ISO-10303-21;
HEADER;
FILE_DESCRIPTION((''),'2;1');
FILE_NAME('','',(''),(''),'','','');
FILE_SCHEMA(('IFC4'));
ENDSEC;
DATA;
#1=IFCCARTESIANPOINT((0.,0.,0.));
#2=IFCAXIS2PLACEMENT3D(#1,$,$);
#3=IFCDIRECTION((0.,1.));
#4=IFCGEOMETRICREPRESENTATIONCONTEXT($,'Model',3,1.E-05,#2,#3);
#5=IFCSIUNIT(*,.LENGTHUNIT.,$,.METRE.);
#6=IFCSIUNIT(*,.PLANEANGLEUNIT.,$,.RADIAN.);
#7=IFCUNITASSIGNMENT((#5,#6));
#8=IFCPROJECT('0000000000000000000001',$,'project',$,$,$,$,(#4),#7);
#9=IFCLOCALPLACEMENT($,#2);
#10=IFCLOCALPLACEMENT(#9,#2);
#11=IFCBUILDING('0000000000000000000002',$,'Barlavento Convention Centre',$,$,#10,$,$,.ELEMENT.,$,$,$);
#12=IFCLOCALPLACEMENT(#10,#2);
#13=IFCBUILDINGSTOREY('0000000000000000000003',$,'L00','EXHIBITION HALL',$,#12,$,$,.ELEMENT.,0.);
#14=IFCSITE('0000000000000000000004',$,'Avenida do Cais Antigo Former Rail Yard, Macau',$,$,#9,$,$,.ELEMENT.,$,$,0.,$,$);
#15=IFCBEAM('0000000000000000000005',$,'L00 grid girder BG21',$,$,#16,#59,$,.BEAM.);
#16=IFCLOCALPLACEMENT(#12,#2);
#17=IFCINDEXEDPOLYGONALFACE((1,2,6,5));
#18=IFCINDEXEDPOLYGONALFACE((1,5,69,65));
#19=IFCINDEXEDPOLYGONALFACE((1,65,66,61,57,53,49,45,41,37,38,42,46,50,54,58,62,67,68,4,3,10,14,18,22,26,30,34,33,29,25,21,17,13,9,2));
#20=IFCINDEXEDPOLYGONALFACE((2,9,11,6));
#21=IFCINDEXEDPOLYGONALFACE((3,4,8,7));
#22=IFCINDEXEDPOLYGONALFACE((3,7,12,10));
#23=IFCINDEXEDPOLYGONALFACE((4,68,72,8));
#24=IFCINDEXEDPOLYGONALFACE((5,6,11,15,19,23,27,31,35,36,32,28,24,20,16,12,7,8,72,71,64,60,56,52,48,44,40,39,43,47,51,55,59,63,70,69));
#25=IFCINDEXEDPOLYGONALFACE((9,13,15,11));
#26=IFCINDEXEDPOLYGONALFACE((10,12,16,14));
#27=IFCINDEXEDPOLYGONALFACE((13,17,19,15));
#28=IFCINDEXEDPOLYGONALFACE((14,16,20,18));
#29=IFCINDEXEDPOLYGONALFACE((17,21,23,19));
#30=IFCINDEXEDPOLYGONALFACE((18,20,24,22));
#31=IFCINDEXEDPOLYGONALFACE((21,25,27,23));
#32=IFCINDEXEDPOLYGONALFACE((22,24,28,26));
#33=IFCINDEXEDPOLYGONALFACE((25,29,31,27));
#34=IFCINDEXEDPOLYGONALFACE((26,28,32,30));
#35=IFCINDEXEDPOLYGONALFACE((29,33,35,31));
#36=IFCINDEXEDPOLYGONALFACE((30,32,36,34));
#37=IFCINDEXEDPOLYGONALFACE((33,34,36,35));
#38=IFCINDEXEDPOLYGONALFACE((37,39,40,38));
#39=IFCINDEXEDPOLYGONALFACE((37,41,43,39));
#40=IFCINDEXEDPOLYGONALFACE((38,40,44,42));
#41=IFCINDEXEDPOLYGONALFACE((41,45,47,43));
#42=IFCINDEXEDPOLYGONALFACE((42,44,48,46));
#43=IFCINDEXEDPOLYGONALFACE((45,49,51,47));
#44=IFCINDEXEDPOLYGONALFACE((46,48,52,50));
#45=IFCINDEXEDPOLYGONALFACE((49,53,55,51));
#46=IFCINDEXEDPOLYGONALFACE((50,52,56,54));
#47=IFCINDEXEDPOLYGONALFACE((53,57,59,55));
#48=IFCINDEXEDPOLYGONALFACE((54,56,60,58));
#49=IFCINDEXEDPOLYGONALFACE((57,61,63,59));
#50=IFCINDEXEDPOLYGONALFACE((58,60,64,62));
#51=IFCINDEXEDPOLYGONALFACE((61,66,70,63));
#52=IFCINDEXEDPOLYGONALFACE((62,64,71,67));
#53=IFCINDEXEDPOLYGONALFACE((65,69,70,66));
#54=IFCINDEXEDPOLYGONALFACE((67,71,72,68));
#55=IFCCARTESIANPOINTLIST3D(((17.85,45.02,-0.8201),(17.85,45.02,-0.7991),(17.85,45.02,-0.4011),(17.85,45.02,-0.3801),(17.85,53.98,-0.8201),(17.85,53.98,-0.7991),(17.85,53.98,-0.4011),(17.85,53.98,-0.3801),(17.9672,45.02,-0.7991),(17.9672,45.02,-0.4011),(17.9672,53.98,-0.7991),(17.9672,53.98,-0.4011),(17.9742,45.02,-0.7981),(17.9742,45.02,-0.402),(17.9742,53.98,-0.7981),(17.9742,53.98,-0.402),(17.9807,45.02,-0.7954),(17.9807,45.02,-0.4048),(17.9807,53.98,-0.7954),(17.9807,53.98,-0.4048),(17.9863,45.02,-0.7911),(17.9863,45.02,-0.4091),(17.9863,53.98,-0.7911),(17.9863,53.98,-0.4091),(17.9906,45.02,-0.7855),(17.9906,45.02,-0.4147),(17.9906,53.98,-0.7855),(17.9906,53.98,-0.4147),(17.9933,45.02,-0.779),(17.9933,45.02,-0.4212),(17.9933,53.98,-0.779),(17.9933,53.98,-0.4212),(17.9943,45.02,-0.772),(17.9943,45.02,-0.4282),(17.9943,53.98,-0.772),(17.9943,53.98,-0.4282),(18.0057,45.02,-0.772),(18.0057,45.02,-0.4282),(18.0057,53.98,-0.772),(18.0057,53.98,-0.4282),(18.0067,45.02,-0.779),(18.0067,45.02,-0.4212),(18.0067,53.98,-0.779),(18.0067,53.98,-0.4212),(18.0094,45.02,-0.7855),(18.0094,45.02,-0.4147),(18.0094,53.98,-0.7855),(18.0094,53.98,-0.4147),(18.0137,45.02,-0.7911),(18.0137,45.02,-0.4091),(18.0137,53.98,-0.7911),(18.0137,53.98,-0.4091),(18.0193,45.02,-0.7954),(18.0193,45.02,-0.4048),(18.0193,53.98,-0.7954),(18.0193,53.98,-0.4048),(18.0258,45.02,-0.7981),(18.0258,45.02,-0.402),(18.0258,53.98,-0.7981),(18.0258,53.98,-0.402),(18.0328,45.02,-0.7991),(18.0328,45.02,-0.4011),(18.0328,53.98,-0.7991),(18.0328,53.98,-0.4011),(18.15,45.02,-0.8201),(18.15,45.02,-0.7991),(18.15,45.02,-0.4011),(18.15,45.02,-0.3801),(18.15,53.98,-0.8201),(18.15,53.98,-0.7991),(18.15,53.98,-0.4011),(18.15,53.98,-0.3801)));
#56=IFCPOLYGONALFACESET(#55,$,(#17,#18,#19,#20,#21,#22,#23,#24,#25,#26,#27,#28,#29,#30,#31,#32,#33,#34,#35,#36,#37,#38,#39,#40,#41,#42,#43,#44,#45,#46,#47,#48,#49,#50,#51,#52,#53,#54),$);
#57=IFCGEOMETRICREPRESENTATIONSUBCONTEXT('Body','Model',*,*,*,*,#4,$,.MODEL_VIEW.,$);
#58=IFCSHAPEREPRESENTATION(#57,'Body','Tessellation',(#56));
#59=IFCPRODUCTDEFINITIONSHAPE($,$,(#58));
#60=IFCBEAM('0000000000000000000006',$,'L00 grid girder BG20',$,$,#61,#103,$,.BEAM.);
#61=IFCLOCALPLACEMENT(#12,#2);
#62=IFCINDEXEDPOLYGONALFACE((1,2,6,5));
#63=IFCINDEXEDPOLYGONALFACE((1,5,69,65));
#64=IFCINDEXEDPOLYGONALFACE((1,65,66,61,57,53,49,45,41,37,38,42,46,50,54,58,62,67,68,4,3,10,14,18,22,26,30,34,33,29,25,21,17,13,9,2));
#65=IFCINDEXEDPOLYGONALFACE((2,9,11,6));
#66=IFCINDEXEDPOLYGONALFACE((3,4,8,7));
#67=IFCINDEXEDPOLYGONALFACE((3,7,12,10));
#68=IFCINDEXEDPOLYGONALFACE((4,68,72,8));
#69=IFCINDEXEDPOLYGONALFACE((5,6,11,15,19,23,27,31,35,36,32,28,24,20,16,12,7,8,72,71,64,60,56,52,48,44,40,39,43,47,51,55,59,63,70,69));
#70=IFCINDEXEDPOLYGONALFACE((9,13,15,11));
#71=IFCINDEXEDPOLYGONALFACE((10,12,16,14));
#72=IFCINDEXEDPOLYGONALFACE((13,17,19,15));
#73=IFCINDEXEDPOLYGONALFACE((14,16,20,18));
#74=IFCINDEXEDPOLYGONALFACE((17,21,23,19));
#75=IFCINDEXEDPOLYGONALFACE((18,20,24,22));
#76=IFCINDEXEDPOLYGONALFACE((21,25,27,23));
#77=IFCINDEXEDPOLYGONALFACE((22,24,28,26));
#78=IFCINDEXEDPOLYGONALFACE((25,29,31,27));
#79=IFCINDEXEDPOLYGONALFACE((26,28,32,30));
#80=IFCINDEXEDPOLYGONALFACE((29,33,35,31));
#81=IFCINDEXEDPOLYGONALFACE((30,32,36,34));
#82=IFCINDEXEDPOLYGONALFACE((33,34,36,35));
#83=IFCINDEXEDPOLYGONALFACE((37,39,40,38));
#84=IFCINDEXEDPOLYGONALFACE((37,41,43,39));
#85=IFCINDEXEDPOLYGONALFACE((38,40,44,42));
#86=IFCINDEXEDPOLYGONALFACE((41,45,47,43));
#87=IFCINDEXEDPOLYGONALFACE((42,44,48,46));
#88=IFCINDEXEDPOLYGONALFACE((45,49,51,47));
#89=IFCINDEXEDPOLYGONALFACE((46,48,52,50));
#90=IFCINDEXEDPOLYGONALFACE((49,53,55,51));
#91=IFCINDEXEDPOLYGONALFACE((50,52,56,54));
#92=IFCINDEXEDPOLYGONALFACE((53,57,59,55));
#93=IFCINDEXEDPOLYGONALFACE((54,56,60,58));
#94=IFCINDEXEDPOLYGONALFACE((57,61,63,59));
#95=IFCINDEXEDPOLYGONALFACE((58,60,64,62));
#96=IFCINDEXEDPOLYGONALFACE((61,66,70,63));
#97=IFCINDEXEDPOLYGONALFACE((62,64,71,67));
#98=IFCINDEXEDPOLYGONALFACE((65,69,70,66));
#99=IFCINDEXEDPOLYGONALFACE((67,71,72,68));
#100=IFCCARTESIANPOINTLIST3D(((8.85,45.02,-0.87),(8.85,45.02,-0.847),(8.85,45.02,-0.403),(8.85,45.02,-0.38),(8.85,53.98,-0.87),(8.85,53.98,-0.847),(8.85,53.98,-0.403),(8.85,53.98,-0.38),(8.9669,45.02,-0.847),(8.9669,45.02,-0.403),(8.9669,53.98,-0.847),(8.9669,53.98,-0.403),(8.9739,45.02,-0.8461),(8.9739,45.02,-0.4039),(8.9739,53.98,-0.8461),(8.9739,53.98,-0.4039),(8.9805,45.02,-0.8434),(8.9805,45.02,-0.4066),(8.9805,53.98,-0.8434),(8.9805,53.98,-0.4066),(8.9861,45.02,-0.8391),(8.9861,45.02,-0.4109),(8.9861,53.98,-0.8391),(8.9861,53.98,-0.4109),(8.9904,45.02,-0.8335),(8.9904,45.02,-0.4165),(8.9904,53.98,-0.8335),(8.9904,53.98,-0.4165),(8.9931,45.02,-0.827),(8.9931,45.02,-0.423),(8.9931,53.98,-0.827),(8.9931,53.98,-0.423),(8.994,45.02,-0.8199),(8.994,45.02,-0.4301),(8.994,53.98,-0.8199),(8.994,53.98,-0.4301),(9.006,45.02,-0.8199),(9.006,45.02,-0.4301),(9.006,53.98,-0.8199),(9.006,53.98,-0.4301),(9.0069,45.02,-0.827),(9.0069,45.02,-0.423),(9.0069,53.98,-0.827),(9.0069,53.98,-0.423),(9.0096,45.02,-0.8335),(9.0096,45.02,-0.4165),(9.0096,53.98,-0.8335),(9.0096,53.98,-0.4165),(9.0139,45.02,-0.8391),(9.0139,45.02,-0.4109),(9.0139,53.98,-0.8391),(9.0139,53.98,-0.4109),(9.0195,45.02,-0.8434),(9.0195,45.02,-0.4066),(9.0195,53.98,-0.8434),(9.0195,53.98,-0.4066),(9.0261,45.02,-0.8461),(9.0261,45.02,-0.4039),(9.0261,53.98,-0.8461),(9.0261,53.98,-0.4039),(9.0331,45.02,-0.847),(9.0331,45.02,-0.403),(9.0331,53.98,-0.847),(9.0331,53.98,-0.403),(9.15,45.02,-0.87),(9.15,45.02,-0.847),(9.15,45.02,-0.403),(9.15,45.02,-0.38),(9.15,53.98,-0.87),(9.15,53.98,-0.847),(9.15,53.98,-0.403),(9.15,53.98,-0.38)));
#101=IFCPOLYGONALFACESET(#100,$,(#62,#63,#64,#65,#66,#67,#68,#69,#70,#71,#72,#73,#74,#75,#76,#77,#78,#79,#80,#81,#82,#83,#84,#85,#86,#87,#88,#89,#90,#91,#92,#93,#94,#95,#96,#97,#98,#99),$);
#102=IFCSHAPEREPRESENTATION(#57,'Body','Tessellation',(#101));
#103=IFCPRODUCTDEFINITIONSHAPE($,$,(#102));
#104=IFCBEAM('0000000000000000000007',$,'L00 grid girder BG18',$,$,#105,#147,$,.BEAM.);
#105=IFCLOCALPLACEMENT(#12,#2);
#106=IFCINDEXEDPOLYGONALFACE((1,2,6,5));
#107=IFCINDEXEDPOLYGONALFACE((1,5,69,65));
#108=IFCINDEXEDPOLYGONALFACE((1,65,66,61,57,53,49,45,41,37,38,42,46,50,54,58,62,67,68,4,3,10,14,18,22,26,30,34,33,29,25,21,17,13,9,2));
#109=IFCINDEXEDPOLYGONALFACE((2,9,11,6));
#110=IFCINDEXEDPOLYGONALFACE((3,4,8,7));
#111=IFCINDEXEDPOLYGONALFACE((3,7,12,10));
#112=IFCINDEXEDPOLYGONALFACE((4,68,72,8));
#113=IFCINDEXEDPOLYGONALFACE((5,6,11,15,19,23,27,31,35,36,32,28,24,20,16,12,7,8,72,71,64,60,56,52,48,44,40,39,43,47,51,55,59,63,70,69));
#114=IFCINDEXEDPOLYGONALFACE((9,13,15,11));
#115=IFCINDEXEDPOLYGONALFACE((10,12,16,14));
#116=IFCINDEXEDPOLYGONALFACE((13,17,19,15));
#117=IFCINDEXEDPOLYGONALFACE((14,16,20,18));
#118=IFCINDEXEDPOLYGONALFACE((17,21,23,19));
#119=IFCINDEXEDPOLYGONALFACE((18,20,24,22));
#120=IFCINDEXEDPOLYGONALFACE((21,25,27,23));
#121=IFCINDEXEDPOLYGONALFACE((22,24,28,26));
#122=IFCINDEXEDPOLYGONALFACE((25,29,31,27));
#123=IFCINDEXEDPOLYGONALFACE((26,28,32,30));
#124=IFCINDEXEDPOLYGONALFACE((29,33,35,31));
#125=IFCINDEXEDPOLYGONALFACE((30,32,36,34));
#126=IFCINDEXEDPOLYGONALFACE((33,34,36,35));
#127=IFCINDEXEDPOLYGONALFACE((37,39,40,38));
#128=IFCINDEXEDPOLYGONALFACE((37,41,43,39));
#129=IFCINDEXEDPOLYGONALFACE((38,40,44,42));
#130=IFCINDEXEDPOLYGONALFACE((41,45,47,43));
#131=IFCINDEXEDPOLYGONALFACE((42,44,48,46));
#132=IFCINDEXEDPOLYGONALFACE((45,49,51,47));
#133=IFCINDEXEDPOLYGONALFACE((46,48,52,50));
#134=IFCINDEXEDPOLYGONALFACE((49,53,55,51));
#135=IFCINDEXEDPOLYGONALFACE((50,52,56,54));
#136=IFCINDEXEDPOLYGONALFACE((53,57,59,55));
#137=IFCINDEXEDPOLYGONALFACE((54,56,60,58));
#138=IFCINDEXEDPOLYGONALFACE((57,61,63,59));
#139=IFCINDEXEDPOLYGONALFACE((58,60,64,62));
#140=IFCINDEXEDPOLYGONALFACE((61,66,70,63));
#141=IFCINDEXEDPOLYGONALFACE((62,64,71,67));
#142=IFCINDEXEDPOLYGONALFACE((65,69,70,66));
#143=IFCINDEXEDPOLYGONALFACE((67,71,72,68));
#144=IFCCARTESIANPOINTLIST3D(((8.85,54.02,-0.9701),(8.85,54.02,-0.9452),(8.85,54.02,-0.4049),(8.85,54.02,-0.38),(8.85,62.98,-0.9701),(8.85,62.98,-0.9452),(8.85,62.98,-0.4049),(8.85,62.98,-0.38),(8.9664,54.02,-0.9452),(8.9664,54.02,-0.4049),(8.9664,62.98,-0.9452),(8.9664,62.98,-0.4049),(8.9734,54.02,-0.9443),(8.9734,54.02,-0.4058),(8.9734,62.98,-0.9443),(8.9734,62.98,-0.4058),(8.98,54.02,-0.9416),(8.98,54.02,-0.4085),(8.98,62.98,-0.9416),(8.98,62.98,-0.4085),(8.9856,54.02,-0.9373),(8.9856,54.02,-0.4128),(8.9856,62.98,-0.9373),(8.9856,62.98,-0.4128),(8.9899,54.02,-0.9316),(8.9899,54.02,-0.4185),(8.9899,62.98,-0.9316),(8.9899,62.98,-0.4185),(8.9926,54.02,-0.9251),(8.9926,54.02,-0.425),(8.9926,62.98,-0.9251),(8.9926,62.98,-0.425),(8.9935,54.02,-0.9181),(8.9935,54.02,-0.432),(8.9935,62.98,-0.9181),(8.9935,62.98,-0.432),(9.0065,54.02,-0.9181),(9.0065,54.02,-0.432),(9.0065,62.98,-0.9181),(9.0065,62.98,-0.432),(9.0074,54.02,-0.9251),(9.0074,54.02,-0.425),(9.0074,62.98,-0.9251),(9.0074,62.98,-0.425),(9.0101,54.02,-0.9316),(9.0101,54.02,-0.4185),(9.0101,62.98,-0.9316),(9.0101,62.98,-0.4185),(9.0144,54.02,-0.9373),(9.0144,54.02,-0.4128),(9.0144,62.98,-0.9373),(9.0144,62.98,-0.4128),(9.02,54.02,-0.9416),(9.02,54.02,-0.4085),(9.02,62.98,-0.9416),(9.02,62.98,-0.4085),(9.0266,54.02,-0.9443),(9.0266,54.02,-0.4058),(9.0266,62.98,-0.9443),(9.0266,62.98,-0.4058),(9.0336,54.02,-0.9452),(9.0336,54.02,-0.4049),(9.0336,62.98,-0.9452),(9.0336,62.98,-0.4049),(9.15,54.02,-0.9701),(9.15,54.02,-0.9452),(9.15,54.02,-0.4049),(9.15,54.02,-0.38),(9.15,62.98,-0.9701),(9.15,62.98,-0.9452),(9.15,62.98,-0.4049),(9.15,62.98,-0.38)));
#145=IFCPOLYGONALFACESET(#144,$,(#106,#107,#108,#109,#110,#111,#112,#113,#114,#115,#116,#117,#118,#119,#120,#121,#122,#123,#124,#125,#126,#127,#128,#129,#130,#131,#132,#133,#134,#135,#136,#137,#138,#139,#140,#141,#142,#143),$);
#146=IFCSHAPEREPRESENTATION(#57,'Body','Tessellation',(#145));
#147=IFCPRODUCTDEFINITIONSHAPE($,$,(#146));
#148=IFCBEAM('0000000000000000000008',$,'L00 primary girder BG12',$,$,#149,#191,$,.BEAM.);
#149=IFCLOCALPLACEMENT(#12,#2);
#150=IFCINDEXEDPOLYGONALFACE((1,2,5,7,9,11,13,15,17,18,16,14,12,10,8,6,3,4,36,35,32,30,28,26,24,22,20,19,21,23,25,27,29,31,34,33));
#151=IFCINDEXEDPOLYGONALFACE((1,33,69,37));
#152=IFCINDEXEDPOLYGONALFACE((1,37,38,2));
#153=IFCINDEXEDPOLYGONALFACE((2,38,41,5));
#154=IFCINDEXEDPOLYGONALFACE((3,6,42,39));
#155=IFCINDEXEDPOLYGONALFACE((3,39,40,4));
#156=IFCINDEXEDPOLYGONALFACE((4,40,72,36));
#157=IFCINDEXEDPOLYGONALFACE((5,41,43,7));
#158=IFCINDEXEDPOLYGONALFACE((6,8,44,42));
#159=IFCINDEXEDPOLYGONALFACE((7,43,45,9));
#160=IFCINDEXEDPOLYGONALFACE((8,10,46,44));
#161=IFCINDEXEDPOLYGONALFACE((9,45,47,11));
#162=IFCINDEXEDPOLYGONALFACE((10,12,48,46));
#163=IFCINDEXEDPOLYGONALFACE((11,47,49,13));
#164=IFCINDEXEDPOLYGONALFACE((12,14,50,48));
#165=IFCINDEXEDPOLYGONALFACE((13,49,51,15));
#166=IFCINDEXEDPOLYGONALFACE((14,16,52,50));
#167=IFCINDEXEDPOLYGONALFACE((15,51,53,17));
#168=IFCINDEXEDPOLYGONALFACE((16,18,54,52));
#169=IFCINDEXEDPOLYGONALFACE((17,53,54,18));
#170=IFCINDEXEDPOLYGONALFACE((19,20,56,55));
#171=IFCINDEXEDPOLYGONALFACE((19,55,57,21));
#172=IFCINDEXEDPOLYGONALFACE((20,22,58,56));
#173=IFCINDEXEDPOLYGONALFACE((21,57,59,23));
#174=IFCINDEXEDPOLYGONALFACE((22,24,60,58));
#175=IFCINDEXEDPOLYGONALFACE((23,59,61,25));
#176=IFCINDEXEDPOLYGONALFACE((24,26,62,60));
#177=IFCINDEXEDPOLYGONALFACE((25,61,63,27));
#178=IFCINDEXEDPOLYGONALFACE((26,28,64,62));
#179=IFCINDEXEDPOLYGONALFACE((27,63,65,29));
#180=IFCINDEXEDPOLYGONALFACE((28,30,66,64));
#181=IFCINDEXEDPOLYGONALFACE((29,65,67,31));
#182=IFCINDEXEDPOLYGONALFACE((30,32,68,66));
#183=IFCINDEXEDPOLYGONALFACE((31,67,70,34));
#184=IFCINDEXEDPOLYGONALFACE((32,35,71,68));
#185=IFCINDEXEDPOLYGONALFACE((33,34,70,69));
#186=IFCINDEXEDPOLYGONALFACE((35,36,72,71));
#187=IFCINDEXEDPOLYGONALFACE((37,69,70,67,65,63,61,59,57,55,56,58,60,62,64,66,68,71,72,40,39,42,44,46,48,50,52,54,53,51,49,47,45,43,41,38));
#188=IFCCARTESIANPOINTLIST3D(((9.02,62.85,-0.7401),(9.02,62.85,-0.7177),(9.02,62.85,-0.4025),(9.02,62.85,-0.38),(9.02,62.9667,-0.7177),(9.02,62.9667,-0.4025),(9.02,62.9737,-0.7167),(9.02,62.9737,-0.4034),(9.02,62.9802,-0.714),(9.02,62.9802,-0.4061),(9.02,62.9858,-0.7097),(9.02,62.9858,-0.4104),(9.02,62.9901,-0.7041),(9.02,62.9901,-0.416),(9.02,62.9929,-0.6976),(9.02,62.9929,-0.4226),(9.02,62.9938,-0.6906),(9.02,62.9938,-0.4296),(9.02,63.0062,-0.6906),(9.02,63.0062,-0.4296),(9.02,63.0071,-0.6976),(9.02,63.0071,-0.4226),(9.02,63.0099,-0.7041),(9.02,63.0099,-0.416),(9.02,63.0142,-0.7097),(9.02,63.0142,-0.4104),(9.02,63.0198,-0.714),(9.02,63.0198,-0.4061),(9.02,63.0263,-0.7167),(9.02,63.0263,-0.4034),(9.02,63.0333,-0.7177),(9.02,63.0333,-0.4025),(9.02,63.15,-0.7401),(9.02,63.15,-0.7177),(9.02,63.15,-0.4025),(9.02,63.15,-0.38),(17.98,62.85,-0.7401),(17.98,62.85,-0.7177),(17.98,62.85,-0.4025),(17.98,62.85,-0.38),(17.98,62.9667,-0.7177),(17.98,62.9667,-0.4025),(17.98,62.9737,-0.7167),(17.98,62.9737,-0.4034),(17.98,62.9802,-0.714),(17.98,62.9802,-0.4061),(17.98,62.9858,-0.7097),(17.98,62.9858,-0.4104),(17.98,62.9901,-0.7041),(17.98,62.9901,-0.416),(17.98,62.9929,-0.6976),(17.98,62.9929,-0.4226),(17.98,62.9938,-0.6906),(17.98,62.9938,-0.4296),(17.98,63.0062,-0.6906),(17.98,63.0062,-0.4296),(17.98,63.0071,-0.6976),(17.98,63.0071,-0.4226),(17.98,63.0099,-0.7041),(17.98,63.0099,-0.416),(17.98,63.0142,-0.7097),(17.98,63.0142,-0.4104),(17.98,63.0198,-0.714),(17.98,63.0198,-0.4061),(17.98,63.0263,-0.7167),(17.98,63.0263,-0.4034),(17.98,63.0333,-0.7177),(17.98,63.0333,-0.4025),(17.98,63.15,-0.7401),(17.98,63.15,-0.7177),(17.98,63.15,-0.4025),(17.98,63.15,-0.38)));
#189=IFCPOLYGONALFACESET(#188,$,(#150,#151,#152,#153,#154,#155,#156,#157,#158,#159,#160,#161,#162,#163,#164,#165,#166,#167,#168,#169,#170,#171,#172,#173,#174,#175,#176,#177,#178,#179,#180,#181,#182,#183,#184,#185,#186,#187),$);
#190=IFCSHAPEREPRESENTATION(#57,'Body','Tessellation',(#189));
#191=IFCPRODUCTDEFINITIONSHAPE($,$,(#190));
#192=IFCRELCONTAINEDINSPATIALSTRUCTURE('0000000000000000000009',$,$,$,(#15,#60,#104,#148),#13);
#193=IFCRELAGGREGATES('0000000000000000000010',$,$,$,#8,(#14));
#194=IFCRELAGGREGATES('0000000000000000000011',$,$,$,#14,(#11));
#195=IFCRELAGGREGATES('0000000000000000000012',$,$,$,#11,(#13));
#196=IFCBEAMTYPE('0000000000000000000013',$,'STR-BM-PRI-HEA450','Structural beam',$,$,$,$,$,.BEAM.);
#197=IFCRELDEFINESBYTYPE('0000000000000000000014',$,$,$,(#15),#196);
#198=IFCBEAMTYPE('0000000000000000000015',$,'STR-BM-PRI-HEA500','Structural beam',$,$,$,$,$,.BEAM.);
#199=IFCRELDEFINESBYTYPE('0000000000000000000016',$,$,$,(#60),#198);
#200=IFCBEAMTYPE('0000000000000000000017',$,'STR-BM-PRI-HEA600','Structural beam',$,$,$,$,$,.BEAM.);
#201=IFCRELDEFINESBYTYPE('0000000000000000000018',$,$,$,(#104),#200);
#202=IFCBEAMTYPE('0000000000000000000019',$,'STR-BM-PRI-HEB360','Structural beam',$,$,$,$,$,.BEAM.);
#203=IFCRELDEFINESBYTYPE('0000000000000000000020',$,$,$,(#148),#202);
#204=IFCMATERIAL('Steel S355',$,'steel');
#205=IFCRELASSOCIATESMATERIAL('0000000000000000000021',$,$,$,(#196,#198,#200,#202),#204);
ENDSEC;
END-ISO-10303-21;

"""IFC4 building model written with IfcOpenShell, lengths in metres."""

from ifc_helpers import new_model, si_unit, direction, frame, origin, origin_2d, place, context, subcontext, project, spatial, i_section, extrude, material, material_profile, profile_set, type_object, element, save


model = new_model("IFC4")

# Units and contexts
model_context = context("Model", 3, precision=1e-05, world=origin(), true_north=direction((0.0, 1.0)))
body_context = subcontext(model_context, "Body", "Model", "MODEL_VIEW")
ifc_project = project(units=[si_unit("LENGTHUNIT", "METRE"), si_unit("PLANEANGLEUNIT", "RADIAN")], contexts=[model_context])

# Site, building, storey
site_placement = place(None, origin())
site = spatial("IfcSite", under=ifc_project, at=site_placement, Name="Avenida do Cais Antigo Former Rail Yard, Macau", CompositionType="ELEMENT", RefElevation=0.0)
building_placement = place(site_placement, origin())
building = spatial("IfcBuilding", under=site, at=building_placement, Name="Barlavento Convention Centre", CompositionType="ELEMENT")
storey_placement = place(building_placement, origin())
storey = spatial("IfcBuildingStorey", under=building, at=storey_placement, Name="L00", Description="EXHIBITION HALL", CompositionType="ELEMENT", Elevation=0.0)

# Beams
ifc_material_1 = material(Name="Steel S355", Category="steel")
ifc_material_profile_1 = material_profile(ifc_material_1, i_section(OverallWidth=0.3, OverallDepth=0.4399, WebThickness=0.0115, FlangeThickness=0.021, FilletRadius=0.0271, at=origin_2d()), Name="HEA 450")
ifc_profile_set_1 = profile_set([ifc_material_profile_1], Name="Steel S355")
beam_type_1 = type_object("IfcBeamType", Name="STR-BM-PRI-HEA450", Description="Structural beam", PredefinedType="BEAM", material=ifc_profile_set_1)
beam_1_placement = place(storey_placement, frame((18.0, 45.02, -0.6001), z_axis=(0.0, 1.0, 0.0), x_axis=(-1.0, 0.0, 0.0)))
element("IfcBeam", 1, at=beam_1_placement, inside=storey, type_object=beam_type_1, Name="L00 grid girder BG21", PredefinedType="BEAM", context=body_context, shape_type="SweptSolid", body=[
    extrude(i_section(OverallWidth=0.3, OverallDepth=0.4399, WebThickness=0.0115, FlangeThickness=0.021, FilletRadius=0.0271, at=origin_2d()), origin(), (0.0, 0.0, 1.0), 8.96),
])
ifc_material_profile_2 = material_profile(ifc_material_1, i_section(OverallWidth=0.3, OverallDepth=0.49, WebThickness=0.012, FlangeThickness=0.0229, FilletRadius=0.0271, at=origin_2d()), Name="HEA 500")
ifc_profile_set_2 = profile_set([ifc_material_profile_2], Name="Steel S355")
beam_type_2 = type_object("IfcBeamType", Name="STR-BM-PRI-HEA500", Description="Structural beam", PredefinedType="BEAM", material=ifc_profile_set_2)
beam_2_placement = place(storey_placement, frame((9.0, 45.02, -0.625), z_axis=(0.0, 1.0, 0.0), x_axis=(-1.0, 0.0, 0.0)))
element("IfcBeam", 2, at=beam_2_placement, inside=storey, type_object=beam_type_2, Name="L00 grid girder BG20", PredefinedType="BEAM", context=body_context, shape_type="SweptSolid", body=[
    extrude(i_section(OverallWidth=0.3, OverallDepth=0.49, WebThickness=0.012, FlangeThickness=0.0229, FilletRadius=0.0271, at=origin_2d()), origin(), (0.0, 0.0, 1.0), 8.96),
])
ifc_material_profile_3 = material_profile(ifc_material_1, i_section(OverallWidth=0.3, OverallDepth=0.5901, WebThickness=0.0129, FlangeThickness=0.0249, FilletRadius=0.0271, at=origin_2d()), Name="HEA 600")
ifc_profile_set_3 = profile_set([ifc_material_profile_3], Name="Steel S355")
beam_type_3 = type_object("IfcBeamType", Name="STR-BM-PRI-HEA600", Description="Structural beam", PredefinedType="BEAM", material=ifc_profile_set_3)
beam_3_placement = place(storey_placement, frame((9.0, 54.02, -0.675), z_axis=(0.0, 1.0, 0.0), x_axis=(-1.0, 0.0, 0.0)))
element("IfcBeam", 3, at=beam_3_placement, inside=storey, type_object=beam_type_3, Name="L00 grid girder BG18", PredefinedType="BEAM", context=body_context, shape_type="SweptSolid", body=[
    extrude(i_section(OverallWidth=0.3, OverallDepth=0.5901, WebThickness=0.0129, FlangeThickness=0.0249, FilletRadius=0.0271, at=origin_2d()), origin(), (0.0, 0.0, 1.0), 8.96),
])
ifc_material_profile_4 = material_profile(ifc_material_1, i_section(OverallWidth=0.3, OverallDepth=0.3601, WebThickness=0.0125, FlangeThickness=0.0225, FilletRadius=0.0271, at=origin_2d()), Name="HEB 360")
ifc_profile_set_4 = profile_set([ifc_material_profile_4], Name="Steel S355")
beam_type_4 = type_object("IfcBeamType", Name="STR-BM-PRI-HEB360", Description="Structural beam", PredefinedType="BEAM", material=ifc_profile_set_4)
beam_4_placement = place(storey_placement, frame((9.02, 63.0, -0.5601), z_axis=(1.0, 0.0, 0.0), x_axis=(0.0, 1.0, 0.0)))
element("IfcBeam", 4, at=beam_4_placement, inside=storey, type_object=beam_type_4, Name="L00 primary girder BG12", PredefinedType="BEAM", context=body_context, shape_type="SweptSolid", body=[
    extrude(i_section(OverallWidth=0.3, OverallDepth=0.3601, WebThickness=0.0125, FlangeThickness=0.0225, FilletRadius=0.0271, at=origin_2d()), origin(), (0.0, 0.0, 1.0), 8.96),
])

save(model, "model.ifc")
